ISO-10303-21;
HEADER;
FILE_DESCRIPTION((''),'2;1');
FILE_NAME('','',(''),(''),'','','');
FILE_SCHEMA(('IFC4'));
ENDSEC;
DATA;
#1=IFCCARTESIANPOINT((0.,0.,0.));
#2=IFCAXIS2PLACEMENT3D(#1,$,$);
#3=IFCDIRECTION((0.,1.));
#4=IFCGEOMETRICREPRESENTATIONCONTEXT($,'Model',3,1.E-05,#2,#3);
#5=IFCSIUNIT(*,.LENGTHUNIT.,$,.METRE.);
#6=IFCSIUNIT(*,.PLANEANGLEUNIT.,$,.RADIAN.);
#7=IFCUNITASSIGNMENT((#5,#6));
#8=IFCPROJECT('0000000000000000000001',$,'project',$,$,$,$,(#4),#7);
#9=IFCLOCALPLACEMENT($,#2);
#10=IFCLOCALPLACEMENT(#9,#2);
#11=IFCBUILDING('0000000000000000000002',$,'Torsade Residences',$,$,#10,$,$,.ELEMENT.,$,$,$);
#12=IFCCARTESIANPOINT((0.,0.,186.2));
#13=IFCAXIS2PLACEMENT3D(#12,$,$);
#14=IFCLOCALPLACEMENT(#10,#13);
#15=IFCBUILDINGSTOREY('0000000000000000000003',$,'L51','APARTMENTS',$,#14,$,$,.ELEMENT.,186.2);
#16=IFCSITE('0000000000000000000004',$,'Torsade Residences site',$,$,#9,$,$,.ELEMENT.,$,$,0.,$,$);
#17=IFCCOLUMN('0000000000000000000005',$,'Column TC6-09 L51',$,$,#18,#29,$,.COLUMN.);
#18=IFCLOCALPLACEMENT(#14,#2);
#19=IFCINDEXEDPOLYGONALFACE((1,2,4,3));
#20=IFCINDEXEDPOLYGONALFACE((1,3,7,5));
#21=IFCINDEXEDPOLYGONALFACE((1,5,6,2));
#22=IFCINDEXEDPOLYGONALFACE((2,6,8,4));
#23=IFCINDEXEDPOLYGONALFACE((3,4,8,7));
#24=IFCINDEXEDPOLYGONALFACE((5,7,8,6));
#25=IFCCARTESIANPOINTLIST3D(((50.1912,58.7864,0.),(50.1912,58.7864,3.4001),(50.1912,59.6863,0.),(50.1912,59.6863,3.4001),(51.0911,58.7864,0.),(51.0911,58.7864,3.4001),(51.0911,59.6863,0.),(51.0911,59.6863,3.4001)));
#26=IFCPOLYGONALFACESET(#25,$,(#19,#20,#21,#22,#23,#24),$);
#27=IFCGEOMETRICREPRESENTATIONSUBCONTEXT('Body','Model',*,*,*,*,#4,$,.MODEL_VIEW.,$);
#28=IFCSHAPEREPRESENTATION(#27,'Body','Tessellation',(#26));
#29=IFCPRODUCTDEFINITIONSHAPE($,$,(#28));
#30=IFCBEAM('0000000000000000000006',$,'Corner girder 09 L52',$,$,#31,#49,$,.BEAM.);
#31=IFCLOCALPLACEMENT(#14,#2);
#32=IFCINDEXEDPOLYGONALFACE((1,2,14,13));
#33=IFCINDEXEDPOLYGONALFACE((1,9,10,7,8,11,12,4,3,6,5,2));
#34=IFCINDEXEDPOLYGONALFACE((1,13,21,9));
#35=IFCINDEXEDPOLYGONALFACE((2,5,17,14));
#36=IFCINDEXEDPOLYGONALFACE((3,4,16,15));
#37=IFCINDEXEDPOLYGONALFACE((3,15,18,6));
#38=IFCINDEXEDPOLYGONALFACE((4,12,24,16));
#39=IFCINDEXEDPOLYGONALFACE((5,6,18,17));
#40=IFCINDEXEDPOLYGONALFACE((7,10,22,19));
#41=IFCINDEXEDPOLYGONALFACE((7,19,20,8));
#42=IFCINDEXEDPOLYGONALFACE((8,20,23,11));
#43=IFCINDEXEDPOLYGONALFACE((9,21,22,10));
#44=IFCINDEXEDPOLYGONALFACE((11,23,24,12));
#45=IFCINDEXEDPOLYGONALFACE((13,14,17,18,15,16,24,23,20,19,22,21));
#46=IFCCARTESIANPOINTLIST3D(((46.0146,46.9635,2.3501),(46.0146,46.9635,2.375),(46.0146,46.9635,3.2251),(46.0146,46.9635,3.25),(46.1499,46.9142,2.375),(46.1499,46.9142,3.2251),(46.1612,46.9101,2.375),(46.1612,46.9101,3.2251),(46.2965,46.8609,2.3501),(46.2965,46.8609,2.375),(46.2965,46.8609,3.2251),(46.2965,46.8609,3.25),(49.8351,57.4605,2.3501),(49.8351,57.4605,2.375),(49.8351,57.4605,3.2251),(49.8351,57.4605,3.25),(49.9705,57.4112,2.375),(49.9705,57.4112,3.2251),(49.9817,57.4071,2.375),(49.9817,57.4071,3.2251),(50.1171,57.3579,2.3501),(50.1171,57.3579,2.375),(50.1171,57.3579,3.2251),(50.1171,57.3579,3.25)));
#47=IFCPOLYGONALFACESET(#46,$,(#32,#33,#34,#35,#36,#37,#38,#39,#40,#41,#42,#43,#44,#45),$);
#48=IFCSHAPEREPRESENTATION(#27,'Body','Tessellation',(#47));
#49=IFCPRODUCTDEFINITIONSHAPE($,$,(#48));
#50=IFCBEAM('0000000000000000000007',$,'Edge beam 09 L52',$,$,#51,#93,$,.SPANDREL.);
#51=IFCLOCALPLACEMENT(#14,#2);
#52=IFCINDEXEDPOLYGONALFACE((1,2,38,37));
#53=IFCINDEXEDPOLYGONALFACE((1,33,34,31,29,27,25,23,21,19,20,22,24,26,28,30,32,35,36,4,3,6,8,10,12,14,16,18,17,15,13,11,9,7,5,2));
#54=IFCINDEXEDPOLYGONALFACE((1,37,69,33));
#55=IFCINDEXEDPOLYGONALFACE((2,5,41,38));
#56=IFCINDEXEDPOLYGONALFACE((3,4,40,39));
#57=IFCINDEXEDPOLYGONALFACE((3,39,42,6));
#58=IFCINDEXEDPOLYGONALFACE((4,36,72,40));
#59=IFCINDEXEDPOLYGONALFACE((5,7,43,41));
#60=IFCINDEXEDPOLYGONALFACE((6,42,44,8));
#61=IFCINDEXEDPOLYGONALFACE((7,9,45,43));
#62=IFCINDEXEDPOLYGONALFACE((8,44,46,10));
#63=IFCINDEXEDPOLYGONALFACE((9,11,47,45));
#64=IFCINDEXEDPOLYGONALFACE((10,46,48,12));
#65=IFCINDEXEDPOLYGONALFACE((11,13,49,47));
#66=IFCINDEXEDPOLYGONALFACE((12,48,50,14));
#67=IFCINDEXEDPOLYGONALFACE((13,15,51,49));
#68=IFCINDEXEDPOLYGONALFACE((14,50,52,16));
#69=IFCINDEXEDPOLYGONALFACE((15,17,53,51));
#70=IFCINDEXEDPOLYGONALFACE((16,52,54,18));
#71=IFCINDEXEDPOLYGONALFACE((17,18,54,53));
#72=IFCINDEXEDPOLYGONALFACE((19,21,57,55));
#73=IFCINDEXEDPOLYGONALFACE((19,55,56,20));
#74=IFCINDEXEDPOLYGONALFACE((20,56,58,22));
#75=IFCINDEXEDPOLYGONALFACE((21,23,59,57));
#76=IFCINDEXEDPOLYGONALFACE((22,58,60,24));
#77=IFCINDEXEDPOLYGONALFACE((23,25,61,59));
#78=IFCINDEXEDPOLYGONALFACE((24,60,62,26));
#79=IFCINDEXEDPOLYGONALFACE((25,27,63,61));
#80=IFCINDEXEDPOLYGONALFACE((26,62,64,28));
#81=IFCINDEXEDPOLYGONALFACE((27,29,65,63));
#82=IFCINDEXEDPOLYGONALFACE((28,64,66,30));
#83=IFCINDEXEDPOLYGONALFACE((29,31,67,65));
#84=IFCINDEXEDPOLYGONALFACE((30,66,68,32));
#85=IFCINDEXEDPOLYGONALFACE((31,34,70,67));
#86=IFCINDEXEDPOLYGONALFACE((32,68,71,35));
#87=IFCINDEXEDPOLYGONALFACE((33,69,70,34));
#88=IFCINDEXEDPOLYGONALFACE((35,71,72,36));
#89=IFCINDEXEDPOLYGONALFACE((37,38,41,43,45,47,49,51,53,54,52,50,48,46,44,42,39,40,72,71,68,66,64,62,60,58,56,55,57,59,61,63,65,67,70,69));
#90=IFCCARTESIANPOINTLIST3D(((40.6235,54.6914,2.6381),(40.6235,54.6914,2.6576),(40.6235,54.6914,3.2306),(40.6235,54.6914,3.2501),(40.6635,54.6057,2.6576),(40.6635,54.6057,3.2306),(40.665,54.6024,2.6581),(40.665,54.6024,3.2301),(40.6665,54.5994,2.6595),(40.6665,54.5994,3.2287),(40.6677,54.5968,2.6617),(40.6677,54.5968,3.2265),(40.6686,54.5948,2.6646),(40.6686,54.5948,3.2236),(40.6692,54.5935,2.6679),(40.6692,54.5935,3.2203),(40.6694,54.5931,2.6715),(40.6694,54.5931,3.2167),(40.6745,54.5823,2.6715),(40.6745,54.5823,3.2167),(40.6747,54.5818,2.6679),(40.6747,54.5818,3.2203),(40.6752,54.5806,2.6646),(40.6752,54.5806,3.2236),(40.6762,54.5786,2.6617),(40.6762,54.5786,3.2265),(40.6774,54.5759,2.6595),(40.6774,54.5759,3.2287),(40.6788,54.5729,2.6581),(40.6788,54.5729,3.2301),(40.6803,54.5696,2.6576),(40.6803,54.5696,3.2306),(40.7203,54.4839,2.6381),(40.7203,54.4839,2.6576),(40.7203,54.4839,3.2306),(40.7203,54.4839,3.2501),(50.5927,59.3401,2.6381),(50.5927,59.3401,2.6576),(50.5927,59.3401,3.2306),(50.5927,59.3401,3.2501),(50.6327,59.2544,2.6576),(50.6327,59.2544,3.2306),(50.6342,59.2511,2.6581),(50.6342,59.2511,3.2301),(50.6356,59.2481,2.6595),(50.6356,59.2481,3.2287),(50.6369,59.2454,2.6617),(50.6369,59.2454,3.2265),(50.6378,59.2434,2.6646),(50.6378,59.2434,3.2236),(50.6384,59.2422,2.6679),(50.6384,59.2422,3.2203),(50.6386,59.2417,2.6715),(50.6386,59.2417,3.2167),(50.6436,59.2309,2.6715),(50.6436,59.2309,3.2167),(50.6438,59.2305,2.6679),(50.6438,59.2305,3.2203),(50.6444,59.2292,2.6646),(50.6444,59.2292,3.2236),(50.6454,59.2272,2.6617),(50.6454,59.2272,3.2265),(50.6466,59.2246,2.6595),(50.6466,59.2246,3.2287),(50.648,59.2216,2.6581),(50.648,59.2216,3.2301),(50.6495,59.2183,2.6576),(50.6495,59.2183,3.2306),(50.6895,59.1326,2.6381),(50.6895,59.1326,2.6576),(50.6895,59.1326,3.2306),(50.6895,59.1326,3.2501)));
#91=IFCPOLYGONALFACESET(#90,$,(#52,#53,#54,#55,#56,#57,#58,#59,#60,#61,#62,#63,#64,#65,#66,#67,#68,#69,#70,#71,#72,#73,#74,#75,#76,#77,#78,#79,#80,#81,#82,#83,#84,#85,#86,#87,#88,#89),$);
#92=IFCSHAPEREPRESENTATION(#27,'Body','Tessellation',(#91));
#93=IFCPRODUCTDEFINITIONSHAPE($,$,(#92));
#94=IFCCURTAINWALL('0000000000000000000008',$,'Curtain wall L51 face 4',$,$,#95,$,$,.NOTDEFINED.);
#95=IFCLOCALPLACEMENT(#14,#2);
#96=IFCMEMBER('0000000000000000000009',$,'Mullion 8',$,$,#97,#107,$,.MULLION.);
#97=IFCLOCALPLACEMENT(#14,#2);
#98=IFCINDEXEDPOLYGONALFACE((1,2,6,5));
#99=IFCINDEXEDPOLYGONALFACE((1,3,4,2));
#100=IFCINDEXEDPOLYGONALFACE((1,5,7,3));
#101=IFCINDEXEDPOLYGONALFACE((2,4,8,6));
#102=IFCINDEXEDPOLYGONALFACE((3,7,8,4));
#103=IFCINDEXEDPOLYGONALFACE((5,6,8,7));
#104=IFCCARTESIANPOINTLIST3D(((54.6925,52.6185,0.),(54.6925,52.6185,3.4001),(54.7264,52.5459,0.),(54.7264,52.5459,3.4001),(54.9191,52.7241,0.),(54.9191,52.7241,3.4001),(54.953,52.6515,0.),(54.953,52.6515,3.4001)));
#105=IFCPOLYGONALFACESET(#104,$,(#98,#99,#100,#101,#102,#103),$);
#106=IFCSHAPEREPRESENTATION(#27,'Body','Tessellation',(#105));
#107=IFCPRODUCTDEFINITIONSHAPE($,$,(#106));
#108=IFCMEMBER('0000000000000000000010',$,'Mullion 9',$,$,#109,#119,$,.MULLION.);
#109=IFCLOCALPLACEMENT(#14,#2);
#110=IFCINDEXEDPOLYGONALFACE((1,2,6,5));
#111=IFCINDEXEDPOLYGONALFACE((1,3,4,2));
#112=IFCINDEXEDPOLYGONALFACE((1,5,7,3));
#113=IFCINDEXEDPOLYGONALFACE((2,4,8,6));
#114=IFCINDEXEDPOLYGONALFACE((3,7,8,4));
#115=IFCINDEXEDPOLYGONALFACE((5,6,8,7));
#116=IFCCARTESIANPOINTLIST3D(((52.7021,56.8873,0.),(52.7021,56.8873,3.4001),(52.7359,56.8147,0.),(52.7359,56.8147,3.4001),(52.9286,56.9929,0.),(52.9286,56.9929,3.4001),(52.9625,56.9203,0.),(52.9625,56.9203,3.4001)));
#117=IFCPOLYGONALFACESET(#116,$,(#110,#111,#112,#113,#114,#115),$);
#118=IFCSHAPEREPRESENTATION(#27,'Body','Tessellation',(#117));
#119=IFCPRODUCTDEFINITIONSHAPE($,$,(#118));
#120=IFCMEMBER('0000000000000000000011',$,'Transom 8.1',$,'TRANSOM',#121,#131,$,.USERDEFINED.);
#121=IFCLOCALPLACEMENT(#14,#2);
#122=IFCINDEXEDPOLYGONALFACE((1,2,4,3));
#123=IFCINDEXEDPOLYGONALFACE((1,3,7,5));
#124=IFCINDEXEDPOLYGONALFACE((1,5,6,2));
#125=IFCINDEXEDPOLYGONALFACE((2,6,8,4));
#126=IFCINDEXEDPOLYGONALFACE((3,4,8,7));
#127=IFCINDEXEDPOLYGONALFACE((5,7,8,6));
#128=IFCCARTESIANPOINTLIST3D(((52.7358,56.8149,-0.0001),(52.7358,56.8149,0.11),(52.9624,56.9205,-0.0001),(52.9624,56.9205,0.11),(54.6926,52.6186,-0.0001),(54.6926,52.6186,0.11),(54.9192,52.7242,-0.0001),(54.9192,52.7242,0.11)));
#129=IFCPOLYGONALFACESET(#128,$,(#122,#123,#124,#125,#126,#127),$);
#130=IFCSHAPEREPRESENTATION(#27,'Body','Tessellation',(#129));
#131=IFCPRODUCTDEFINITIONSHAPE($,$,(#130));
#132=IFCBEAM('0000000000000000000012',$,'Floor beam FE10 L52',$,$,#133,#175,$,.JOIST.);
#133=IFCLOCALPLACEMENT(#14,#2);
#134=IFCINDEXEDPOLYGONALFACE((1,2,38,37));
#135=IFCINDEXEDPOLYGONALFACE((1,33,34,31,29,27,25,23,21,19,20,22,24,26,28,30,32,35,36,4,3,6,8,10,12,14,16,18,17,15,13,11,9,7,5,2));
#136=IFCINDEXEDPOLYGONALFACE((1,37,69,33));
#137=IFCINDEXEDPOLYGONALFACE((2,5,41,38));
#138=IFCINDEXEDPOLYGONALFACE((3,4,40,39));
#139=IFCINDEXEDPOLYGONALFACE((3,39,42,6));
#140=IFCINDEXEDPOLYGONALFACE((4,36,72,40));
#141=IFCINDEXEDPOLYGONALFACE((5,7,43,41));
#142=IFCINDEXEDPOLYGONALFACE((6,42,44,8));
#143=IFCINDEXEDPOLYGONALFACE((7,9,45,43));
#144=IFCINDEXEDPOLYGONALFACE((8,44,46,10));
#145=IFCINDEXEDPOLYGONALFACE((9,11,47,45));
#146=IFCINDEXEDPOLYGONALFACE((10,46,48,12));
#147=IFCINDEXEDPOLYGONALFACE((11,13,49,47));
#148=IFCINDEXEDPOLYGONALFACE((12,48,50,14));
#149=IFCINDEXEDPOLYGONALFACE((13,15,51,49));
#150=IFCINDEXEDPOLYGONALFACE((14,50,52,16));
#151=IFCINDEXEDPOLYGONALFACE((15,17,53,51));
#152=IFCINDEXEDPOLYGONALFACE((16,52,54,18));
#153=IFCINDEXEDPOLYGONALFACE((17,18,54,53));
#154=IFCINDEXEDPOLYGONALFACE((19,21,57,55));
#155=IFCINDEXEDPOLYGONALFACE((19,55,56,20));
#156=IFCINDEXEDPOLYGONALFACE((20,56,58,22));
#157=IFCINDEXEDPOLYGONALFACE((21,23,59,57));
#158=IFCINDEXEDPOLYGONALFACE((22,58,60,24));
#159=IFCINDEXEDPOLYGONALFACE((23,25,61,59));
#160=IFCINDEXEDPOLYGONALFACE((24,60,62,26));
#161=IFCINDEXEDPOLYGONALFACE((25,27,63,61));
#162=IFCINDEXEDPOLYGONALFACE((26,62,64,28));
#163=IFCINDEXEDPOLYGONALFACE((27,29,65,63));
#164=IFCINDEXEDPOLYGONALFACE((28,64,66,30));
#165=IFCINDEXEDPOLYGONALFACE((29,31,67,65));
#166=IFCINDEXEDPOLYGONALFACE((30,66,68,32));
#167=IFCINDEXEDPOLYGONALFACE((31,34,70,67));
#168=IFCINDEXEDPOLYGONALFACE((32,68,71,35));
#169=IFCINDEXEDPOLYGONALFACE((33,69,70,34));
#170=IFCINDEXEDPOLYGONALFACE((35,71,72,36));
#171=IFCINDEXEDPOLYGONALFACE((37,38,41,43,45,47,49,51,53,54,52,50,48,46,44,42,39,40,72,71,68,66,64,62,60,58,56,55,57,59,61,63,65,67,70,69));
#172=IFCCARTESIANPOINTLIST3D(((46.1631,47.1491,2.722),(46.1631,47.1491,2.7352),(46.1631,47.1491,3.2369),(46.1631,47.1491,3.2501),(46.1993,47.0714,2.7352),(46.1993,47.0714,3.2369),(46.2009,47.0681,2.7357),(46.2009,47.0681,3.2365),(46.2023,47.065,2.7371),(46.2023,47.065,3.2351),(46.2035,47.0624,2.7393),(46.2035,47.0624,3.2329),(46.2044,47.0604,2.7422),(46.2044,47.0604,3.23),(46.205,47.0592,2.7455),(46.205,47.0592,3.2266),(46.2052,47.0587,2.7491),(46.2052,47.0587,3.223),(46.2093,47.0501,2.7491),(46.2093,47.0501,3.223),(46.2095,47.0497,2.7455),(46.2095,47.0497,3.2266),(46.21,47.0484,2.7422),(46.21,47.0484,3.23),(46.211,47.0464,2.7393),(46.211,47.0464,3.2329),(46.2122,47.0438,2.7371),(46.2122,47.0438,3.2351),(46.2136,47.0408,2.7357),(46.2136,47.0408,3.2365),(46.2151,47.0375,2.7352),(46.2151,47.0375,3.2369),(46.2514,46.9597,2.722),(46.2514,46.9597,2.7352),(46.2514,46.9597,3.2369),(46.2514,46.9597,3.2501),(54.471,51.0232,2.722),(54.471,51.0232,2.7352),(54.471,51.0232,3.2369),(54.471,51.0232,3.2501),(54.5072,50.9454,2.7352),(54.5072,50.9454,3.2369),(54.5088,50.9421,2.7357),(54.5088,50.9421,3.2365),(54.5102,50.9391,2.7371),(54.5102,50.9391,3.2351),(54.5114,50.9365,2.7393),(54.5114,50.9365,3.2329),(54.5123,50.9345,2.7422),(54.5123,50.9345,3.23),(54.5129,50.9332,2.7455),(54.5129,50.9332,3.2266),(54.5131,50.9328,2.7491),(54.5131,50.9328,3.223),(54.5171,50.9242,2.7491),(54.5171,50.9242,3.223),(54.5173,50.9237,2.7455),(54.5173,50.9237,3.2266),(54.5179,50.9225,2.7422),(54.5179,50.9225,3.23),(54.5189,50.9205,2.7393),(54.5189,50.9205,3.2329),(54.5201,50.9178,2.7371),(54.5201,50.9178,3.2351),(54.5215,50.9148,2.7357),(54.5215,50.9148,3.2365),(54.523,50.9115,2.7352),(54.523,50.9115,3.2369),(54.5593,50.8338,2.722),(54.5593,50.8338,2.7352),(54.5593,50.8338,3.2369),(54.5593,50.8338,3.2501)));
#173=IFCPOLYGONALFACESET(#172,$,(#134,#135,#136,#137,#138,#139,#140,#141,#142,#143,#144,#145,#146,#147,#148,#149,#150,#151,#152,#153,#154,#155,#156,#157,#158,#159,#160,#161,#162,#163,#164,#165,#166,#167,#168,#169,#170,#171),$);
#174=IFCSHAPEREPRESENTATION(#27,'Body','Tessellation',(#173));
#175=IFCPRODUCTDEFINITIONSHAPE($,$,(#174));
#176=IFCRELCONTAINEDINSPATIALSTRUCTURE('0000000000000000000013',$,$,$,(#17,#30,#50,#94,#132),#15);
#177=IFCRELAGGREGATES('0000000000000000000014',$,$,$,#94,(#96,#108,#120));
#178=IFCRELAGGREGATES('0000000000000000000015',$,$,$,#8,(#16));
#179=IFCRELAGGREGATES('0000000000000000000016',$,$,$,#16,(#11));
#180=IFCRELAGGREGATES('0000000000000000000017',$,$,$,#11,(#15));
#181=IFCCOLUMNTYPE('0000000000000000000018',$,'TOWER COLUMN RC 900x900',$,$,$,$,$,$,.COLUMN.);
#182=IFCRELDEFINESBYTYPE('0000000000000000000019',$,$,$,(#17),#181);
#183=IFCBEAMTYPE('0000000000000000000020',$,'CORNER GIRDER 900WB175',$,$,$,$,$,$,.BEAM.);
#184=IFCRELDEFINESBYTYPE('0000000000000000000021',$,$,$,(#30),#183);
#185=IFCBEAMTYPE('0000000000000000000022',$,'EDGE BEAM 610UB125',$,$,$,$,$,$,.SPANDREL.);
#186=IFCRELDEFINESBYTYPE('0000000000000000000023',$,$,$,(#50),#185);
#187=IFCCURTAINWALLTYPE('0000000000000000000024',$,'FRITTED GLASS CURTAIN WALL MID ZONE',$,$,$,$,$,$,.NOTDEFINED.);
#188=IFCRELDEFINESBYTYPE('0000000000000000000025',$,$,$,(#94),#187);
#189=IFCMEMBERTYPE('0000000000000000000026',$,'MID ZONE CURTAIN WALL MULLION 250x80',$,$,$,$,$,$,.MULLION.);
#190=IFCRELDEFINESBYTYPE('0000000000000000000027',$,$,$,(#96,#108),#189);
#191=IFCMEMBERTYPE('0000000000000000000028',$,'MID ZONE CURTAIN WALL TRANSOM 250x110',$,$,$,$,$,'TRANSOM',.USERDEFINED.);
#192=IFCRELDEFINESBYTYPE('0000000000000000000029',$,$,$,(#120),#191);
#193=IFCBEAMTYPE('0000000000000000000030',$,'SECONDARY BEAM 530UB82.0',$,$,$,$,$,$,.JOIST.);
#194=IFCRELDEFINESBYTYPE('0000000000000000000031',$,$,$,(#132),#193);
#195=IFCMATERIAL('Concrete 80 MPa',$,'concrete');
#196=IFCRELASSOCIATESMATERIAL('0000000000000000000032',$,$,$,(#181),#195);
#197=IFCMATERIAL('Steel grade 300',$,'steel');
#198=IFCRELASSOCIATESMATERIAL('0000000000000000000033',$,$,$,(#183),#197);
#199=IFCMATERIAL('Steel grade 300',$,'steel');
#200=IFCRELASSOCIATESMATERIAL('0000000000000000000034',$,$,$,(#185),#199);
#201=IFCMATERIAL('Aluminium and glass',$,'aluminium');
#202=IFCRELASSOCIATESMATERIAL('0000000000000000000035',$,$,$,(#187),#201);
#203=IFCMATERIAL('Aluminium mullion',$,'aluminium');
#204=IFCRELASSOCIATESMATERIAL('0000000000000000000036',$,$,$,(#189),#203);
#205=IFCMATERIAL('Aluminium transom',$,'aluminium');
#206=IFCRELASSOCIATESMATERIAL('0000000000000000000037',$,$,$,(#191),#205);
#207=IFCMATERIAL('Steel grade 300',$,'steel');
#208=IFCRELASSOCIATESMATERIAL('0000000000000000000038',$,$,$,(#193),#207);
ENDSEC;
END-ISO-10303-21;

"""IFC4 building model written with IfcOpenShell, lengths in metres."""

from ifc_helpers import new_model, si_unit, direction, frame, origin, origin_2d, place, context, subcontext, project, spatial, rectangle, i_section, extrude, material, material_profile, profile_set, type_object, element, aggregate, save


model = new_model("IFC4")

# Units and contexts
model_context = context("Model", 3, precision=1e-05, world=origin(), true_north=direction((0.0, 1.0)))
body_context = subcontext(model_context, "Body", "Model", "MODEL_VIEW")
ifc_project = project(units=[si_unit("LENGTHUNIT", "METRE"), si_unit("PLANEANGLEUNIT", "RADIAN")], contexts=[model_context])

# Site, building, storey
site_placement = place(None, origin())
site = spatial("IfcSite", under=ifc_project, at=site_placement, Name="Torsade Residences site", CompositionType="ELEMENT", RefElevation=0.0)
building_placement = place(site_placement, origin())
building = spatial("IfcBuilding", under=site, at=building_placement, Name="Torsade Residences", CompositionType="ELEMENT")
storey_placement = place(building_placement, frame((0.0, 0.0, 186.2)))
storey = spatial("IfcBuildingStorey", under=building, at=storey_placement, Name="L51", Description="APARTMENTS", CompositionType="ELEMENT", Elevation=186.2)

# Column
ifc_material_1 = material(Name="Concrete 80 MPa", Category="concrete")
ifc_material_profile_1 = material_profile(ifc_material_1, rectangle(XDim=0.8999, YDim=0.8999, at=origin_2d()), Name="RC 900x900")
ifc_profile_set_1 = profile_set([ifc_material_profile_1], Name="Concrete 80 MPa")
column_type = type_object("IfcColumnType", Name="TOWER COLUMN RC 900x900", PredefinedType="COLUMN", material=ifc_profile_set_1)
column_placement = place(storey_placement, frame((50.6411, 59.2363, 0.0), z_axis=(0.0, 0.0, 1.0), x_axis=(1.0, 0.0, 0.0)))
element("IfcColumn", 1, at=column_placement, inside=storey, type_object=column_type, Name="Column TC6-09 L51", PredefinedType="COLUMN", context=body_context, shape_type="SweptSolid", body=[
    extrude(rectangle(XDim=0.8999, YDim=0.8999, at=origin_2d()), origin(), (0.0, 0.0, 1.0), 3.4001),
])

# Beams
ifc_material_2 = material(Name="Steel grade 300", Category="steel")
ifc_material_profile_2 = material_profile(ifc_material_2, i_section(OverallWidth=0.3, OverallDepth=0.8999, WebThickness=0.012, FlangeThickness=0.0249, at=origin_2d()), Name="900WB175")
ifc_profile_set_2 = profile_set([ifc_material_profile_2], Name="Steel grade 300")
beam_type_1 = type_object("IfcBeamType", Name="CORNER GIRDER 900WB175", PredefinedType="BEAM", material=ifc_profile_set_2)
beam_1_placement = place(storey_placement, frame((49.9761, 57.4092, 2.8), z_axis=(-0.342015, -0.939694, 0.0), x_axis=(0.939694, -0.342015, 0.0)))
element("IfcBeam", 2, at=beam_1_placement, inside=storey, type_object=beam_type_1, Name="Corner girder 09 L52", PredefinedType="BEAM", context=body_context, shape_type="SweptSolid", body=[
    extrude(i_section(OverallWidth=0.3, OverallDepth=0.8999, WebThickness=0.012, FlangeThickness=0.0249, at=origin_2d()), origin(), (0.0, 0.0, 1.0), 11.1707),
])
ifc_material_3 = material(Name="Steel grade 300", Category="steel")
ifc_material_profile_3 = material_profile(ifc_material_3, i_section(OverallWidth=0.229, OverallDepth=0.6121, WebThickness=0.012, FlangeThickness=0.0195, FilletRadius=0.0139, at=origin_2d()), Name="610UB125")
ifc_profile_set_3 = profile_set([ifc_material_profile_3], Name="Steel grade 300")
beam_type_2 = type_object("IfcBeamType", Name="EDGE BEAM 610UB125", PredefinedType="SPANDREL", material=ifc_profile_set_3)
beam_2_placement = place(storey_placement, frame((50.6411, 59.2363, 2.9441), z_axis=(-0.90631, -0.422614, 0.0), x_axis=(0.422614, -0.90631, 0.0)))
element("IfcBeam", 3, at=beam_2_placement, inside=storey, type_object=beam_type_2, Name="Edge beam 09 L52", PredefinedType="SPANDREL", context=body_context, shape_type="SweptSolid", body=[
    extrude(i_section(OverallWidth=0.229, OverallDepth=0.6121, WebThickness=0.012, FlangeThickness=0.0195, FilletRadius=0.0139, at=origin_2d()), origin(), (0.0, 0.0, 1.0), 10.9998),
])

# Curtain wall, members
ifc_material_4 = material(Name="Aluminium and glass", Category="aluminium")
curtain_wall_type = type_object("IfcCurtainWallType", Name="FRITTED GLASS CURTAIN WALL MID ZONE", PredefinedType="NOTDEFINED", material=ifc_material_4)
curtain_wall_placement = place(storey_placement, origin())
curtain_wall = element("IfcCurtainWall", 4, at=curtain_wall_placement, inside=storey, type_object=curtain_wall_type, Name="Curtain wall L51 face 4", PredefinedType="NOTDEFINED")
ifc_material_5 = material(Name="Aluminium mullion", Category="aluminium")
ifc_material_profile_4 = material_profile(ifc_material_5, rectangle(XDim=0.25, YDim=0.0801, at=origin_2d()), Name="MID ZONE CURTAIN WALL MULLION 250x80")
ifc_profile_set_4 = profile_set([ifc_material_profile_4], Name="Aluminium mullion")
member_type_1 = type_object("IfcMemberType", Name="MID ZONE CURTAIN WALL MULLION 250x80", PredefinedType="MULLION", material=ifc_profile_set_4)
member_1_placement = place(storey_placement, frame((54.8228, 52.635, 0.0), z_axis=(0.0, 0.0, 1.0), x_axis=(-0.906308, -0.422618, 0.0)))
member_1 = element("IfcMember", 5, at=member_1_placement, type_object=member_type_1, Name="Mullion 8", PredefinedType="MULLION", context=body_context, shape_type="SweptSolid", body=[
    extrude(rectangle(XDim=0.25, YDim=0.0801, at=origin_2d()), origin(), (0.0, 0.0, 1.0), 3.4001),
])
member_2_placement = place(storey_placement, frame((52.8323, 56.9038, 0.0), z_axis=(0.0, 0.0, 1.0), x_axis=(-0.906308, -0.422618, 0.0)))
member_2 = element("IfcMember", 6, at=member_2_placement, type_object=member_type_1, Name="Mullion 9", PredefinedType="MULLION", context=body_context, shape_type="SweptSolid", body=[
    extrude(rectangle(XDim=0.25, YDim=0.0801, at=origin_2d()), origin(), (0.0, 0.0, 1.0), 3.4001),
])
ifc_material_6 = material(Name="Aluminium transom", Category="aluminium")
ifc_material_profile_5 = material_profile(ifc_material_6, rectangle(XDim=0.25, YDim=0.1101, at=origin_2d()), Name="MID ZONE CURTAIN WALL TRANSOM 250x110")
ifc_profile_set_5 = profile_set([ifc_material_profile_5], Name="Aluminium transom")
member_type_2 = type_object("IfcMemberType", Name="MID ZONE CURTAIN WALL TRANSOM 250x110", ElementType="TRANSOM", PredefinedType="USERDEFINED", material=ifc_profile_set_5)
member_3_placement = place(storey_placement, frame((54.8059, 52.6714, 0.0549), z_axis=(-0.422623, 0.906306, 0.0), x_axis=(-0.906306, -0.422623, 0.0)))
member_3 = element("IfcMember", 7, at=member_3_placement, type_object=member_type_2, Name="Transom 8.1", ObjectType="TRANSOM", PredefinedType="USERDEFINED", context=body_context, shape_type="SweptSolid", body=[
    extrude(rectangle(XDim=0.25, YDim=0.1101, at=origin_2d()), origin(), (0.0, 0.0, 1.0), 4.6301),
])

# Beam
ifc_material_7 = material(Name="Steel grade 300", Category="steel")
ifc_material_profile_6 = material_profile(ifc_material_7, i_section(OverallWidth=0.209, OverallDepth=0.5281, WebThickness=0.0095, FlangeThickness=0.0132, FilletRadius=0.0139, at=origin_2d()), Name="530UB82.0")
ifc_profile_set_6 = profile_set([ifc_material_profile_6], Name="Steel grade 300")
beam_type_3 = type_object("IfcBeamType", Name="SECONDARY BEAM 530UB82.0", PredefinedType="JOIST", material=ifc_profile_set_6)
beam_3_placement = place(storey_placement, frame((54.5151, 50.9285, 2.9861), z_axis=(-0.906308, -0.422619, 0.0), x_axis=(0.422619, -0.906308, 0.0)))
element("IfcBeam", 8, at=beam_3_placement, inside=storey, type_object=beam_type_3, Name="Floor beam FE10 L52", PredefinedType="JOIST", context=body_context, shape_type="SweptSolid", body=[
    extrude(i_section(OverallWidth=0.209, OverallDepth=0.5281, WebThickness=0.0095, FlangeThickness=0.0132, FilletRadius=0.0139, at=origin_2d()), origin(), (0.0, 0.0, 1.0), 9.1667),
])

aggregate(curtain_wall, [member_1, member_2, member_3])

save(model, "model.ifc")
